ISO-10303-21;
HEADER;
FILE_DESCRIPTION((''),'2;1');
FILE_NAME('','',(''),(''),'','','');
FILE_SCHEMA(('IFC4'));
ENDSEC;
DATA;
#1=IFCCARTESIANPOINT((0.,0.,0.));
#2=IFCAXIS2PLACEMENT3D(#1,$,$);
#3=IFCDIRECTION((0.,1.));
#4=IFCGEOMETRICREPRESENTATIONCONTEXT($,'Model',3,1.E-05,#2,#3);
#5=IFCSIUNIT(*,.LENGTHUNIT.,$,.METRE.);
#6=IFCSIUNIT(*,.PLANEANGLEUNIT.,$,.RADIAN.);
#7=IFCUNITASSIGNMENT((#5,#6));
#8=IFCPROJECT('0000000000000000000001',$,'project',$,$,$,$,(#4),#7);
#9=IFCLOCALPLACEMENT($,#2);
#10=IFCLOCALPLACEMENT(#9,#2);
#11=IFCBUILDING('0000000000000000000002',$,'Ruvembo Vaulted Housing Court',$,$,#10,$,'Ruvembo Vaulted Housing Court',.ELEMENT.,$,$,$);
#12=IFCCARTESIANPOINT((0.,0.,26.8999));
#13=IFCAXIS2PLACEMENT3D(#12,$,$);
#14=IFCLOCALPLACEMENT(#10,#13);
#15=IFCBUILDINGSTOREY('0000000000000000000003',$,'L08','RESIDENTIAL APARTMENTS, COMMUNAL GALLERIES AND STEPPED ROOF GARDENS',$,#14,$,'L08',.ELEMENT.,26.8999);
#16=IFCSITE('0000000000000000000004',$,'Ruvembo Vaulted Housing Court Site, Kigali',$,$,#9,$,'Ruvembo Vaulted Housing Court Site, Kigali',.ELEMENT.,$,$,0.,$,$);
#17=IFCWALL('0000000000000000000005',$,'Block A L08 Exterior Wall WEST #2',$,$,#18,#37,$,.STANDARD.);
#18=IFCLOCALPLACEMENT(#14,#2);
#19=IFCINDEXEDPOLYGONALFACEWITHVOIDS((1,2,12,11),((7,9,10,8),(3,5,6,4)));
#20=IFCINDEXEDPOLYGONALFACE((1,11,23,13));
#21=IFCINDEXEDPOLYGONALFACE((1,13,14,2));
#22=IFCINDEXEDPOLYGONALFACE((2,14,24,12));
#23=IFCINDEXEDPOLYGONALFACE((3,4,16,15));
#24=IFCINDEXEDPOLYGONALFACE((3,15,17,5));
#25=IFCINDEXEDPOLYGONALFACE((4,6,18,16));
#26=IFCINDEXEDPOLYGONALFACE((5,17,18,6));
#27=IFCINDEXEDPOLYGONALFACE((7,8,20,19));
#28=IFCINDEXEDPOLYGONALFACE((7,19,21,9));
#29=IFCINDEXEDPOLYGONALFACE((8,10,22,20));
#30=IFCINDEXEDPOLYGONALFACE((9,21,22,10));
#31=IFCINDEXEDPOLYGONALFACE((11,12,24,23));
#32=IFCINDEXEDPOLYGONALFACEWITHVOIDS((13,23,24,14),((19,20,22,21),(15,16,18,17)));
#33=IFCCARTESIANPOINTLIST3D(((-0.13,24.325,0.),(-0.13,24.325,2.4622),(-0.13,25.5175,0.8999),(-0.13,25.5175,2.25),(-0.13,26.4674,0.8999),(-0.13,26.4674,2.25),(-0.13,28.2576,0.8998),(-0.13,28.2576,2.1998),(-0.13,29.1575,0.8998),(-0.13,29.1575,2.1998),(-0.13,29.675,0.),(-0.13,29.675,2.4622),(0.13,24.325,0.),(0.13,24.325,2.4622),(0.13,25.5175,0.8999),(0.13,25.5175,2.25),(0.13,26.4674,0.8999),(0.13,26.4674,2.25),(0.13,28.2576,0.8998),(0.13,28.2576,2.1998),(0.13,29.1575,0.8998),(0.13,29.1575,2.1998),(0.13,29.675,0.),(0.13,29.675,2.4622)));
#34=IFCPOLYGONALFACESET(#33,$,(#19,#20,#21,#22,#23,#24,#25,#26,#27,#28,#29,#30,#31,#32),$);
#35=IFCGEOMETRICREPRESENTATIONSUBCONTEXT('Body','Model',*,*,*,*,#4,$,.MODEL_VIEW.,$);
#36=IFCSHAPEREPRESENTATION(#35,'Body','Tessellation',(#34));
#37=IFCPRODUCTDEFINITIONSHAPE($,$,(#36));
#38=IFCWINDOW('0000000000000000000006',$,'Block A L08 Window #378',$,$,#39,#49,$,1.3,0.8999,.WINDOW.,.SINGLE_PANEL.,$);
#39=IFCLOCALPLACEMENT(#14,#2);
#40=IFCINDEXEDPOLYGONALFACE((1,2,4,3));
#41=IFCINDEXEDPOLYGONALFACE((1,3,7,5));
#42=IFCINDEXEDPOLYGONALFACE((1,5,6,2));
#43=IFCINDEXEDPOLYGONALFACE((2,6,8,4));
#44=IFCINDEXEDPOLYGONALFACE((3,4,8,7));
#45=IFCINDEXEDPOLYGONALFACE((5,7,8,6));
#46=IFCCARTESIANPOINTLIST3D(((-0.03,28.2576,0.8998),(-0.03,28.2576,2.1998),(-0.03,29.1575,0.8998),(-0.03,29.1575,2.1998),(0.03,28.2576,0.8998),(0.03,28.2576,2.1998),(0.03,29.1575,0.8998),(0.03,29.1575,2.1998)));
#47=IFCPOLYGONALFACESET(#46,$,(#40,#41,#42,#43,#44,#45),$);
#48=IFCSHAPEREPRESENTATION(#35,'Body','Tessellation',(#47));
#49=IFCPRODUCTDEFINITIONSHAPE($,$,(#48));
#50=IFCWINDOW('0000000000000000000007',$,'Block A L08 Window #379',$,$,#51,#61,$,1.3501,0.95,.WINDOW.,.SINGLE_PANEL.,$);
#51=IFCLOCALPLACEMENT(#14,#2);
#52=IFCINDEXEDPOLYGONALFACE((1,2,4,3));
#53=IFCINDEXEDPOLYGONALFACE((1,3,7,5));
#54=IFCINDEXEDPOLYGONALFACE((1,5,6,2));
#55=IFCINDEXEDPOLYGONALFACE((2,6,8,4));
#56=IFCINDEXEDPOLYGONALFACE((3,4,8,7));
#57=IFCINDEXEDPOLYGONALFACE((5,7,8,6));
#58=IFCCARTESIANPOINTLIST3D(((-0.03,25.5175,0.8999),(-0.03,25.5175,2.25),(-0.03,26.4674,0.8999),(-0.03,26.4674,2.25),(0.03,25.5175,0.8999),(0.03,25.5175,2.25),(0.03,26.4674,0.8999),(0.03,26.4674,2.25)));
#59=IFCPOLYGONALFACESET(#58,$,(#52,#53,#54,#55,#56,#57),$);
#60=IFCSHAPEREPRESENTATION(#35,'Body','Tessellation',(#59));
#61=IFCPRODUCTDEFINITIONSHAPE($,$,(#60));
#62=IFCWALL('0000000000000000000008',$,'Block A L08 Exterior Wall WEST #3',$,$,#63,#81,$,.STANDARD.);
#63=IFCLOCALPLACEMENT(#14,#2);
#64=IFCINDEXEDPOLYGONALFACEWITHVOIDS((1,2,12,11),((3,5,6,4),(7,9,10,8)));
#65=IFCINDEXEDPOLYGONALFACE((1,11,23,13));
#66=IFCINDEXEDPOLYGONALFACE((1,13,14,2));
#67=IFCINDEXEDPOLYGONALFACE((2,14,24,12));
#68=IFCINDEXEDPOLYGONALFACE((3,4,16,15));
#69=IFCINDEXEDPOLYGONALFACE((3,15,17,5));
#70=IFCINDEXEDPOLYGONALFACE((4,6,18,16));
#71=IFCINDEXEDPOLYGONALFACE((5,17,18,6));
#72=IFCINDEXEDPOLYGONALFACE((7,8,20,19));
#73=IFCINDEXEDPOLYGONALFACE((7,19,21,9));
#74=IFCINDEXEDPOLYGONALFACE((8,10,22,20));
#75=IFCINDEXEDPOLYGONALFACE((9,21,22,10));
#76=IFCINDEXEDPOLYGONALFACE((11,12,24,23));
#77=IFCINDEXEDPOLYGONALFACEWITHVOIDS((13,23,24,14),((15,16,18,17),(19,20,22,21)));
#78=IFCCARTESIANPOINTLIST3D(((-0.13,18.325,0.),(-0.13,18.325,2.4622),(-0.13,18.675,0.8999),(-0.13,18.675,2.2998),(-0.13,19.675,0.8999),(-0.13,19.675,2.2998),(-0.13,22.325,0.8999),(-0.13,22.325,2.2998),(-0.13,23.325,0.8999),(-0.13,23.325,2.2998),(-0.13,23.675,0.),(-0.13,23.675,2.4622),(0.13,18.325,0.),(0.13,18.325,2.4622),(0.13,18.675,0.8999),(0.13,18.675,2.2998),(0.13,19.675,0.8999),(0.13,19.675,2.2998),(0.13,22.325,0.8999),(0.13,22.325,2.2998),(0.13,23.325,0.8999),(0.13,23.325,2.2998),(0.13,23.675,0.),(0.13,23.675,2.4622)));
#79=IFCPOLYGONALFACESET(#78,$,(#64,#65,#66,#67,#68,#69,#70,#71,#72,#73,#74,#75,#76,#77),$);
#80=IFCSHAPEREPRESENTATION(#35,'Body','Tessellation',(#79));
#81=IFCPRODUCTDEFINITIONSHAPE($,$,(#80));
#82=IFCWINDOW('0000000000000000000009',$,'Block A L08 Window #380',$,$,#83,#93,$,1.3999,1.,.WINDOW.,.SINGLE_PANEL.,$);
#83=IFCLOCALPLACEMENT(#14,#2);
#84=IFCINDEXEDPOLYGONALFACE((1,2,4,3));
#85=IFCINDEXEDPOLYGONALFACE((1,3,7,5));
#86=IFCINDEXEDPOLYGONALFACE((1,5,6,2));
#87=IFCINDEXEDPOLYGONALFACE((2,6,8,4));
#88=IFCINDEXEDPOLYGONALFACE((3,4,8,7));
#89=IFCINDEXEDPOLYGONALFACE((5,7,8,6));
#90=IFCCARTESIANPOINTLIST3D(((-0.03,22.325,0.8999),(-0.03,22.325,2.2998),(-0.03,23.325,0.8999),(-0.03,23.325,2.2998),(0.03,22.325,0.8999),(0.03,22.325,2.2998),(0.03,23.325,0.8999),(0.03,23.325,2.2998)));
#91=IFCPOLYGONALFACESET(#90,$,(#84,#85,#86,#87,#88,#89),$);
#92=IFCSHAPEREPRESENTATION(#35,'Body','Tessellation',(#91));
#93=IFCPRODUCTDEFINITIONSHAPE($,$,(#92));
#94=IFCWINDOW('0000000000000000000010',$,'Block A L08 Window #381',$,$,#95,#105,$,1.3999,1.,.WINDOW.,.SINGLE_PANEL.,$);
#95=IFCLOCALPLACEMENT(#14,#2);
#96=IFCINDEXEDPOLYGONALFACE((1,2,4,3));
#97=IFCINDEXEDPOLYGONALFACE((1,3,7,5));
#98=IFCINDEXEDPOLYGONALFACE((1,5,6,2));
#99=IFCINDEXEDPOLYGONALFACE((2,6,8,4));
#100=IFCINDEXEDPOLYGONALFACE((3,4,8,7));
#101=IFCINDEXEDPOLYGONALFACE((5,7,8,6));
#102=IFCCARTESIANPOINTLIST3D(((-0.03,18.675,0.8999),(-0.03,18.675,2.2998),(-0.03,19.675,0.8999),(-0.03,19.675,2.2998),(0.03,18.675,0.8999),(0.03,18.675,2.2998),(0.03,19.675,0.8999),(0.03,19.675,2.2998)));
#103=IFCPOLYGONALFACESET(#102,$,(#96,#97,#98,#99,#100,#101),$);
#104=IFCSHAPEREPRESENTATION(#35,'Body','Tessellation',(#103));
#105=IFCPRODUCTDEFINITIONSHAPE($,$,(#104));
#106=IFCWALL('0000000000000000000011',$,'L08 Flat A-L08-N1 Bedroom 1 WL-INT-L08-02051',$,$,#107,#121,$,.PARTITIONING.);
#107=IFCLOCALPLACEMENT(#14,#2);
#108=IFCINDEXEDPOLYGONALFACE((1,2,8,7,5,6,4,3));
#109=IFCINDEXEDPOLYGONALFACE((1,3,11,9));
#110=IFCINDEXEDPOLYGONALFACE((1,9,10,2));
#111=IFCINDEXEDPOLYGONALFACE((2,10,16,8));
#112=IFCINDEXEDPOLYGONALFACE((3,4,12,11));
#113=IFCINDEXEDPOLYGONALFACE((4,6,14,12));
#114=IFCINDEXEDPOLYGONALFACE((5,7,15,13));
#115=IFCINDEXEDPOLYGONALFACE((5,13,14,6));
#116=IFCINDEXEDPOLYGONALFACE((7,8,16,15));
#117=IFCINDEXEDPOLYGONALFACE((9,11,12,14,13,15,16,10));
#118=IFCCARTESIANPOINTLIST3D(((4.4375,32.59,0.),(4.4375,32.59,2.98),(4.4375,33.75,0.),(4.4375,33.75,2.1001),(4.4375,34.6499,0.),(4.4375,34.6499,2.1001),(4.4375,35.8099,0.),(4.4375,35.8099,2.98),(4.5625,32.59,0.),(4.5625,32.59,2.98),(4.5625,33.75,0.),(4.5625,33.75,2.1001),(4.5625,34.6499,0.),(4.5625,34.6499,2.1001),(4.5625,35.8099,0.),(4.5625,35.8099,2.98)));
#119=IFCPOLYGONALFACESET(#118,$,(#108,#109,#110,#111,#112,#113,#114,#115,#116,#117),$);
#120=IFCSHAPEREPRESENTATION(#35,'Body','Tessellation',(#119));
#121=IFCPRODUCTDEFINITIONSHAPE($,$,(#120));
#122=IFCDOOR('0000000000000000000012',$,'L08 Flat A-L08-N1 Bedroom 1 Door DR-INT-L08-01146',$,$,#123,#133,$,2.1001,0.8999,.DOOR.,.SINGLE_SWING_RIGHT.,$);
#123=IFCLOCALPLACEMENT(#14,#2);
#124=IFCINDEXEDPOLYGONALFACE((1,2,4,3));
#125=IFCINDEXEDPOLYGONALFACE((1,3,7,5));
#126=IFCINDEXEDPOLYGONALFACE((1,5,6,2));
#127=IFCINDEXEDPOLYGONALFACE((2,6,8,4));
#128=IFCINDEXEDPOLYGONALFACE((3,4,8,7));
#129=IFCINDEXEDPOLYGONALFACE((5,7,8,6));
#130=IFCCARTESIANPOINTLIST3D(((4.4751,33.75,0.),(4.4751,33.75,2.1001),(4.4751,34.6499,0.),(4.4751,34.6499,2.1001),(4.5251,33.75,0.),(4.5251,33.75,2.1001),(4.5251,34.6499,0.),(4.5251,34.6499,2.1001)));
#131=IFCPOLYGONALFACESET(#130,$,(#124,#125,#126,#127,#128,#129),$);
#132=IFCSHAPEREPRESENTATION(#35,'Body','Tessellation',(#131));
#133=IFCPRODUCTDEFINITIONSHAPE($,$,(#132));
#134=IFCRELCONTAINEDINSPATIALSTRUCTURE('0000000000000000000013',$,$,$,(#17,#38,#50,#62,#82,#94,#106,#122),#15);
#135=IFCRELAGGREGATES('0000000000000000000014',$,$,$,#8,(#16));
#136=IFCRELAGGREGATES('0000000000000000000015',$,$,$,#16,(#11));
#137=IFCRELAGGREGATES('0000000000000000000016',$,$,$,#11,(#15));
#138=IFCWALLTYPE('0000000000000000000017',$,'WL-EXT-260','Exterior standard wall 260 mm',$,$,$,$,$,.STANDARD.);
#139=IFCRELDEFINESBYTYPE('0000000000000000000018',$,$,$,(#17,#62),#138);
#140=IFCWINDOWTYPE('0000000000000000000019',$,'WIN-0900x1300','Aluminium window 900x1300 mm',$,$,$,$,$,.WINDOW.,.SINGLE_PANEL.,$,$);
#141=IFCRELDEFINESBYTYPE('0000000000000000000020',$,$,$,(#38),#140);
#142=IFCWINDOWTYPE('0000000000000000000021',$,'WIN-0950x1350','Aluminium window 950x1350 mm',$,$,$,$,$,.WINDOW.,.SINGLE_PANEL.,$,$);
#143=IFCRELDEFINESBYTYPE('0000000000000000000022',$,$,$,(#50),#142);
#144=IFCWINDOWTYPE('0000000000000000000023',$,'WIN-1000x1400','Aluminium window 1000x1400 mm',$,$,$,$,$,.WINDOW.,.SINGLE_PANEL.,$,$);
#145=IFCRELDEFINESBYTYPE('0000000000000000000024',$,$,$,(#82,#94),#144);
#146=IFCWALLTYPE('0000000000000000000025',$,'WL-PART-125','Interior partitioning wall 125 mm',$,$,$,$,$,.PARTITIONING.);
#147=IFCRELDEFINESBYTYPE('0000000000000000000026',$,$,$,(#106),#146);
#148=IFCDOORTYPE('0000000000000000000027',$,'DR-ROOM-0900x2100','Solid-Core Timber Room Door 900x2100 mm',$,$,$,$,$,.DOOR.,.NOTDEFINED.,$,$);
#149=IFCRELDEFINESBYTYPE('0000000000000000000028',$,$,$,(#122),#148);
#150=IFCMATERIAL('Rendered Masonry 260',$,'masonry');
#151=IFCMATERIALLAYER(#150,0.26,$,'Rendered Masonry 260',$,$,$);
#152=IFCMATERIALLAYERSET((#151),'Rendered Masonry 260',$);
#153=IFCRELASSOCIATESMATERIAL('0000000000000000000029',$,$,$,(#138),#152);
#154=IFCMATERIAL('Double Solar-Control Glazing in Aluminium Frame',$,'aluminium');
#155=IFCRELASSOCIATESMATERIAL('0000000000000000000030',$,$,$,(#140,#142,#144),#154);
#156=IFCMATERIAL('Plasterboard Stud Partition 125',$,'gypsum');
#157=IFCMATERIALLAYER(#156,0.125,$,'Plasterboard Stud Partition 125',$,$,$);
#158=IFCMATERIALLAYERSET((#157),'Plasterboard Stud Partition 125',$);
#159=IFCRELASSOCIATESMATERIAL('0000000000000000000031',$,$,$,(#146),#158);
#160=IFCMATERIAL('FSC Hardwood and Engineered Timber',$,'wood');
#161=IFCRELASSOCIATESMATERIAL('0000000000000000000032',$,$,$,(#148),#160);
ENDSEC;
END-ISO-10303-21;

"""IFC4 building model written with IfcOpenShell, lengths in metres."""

from ifc_helpers import new_model, si_unit, direction, frame, frame_2d, origin, place, context, subcontext, project, spatial, rectangle, extrude, material, layer, layer_set, type_object, element, fill, save


model = new_model("IFC4")

# Units and contexts
model_context = context("Model", 3, precision=1e-05, world=origin(), true_north=direction((0.0, 1.0)))
body_context = subcontext(model_context, "Body", "Model", "MODEL_VIEW")
ifc_project = project(units=[si_unit("LENGTHUNIT", "METRE"), si_unit("PLANEANGLEUNIT", "RADIAN")], contexts=[model_context])

# Site, building, storey
site_placement = place(None, origin())
site = spatial("IfcSite", under=ifc_project, at=site_placement, Name="Ruvembo Vaulted Housing Court Site, Kigali", LongName="Ruvembo Vaulted Housing Court Site, Kigali", CompositionType="ELEMENT", RefElevation=0.0)
building_placement = place(site_placement, origin())
building = spatial("IfcBuilding", under=site, at=building_placement, Name="Ruvembo Vaulted Housing Court", LongName="Ruvembo Vaulted Housing Court", CompositionType="ELEMENT")
storey_placement = place(building_placement, frame((0.0, 0.0, 26.8999)))
storey = spatial("IfcBuildingStorey", under=building, at=storey_placement, Name="L08", Description="RESIDENTIAL APARTMENTS, COMMUNAL GALLERIES AND STEPPED ROOF GARDENS", LongName="L08", CompositionType="ELEMENT", Elevation=26.8999)

# Shared definitions
ifc_material_1 = material(Name="FSC Hardwood and Engineered Timber", Category="wood")

# Walls, openings, windows
ifc_material_2 = material(Name="Rendered Masonry 260", Category="masonry")
ifc_layer_1 = layer(ifc_material_2, 0.26, Name="Rendered Masonry 260")
ifc_layer_set_1 = layer_set([ifc_layer_1], Name="Rendered Masonry 260")
wall_type_1 = type_object("IfcWallType", Name="WL-EXT-260", Description="Exterior standard wall 260 mm", PredefinedType="STANDARD", material=ifc_layer_set_1)
wall_1_placement = place(storey_placement, frame((0.0, 29.675, 0.0), z_axis=(0.0, 0.0, 1.0), x_axis=(0.0, -1.0, 0.0)))
wall_1 = element("IfcWall", 1, at=wall_1_placement, inside=storey, type_object=wall_type_1, Name="Block A L08 Exterior Wall WEST #2", PredefinedType="STANDARD", context=body_context, shape_type="SweptSolid", body=[
    extrude(rectangle(XDim=5.3501, YDim=0.26, at=frame_2d((2.675, 0.0))), origin(), (0.0, 0.0, 1.0), 2.4622),
])
opening_1_placement = place(wall_1_placement, frame((0.5176, 0.0, 0.8999)))
opening_1 = element("IfcOpeningElement", 2, at=opening_1_placement, cuts=wall_1, PredefinedType="OPENING", context=body_context, shape_type="SweptSolid", body=[
    extrude(rectangle(XDim=0.8999, YDim=1.3, at=frame_2d((0.45, 0.6499))), frame((0.0, 0.1399, 0.0), z_axis=(0.0, -1.0, 0.0), x_axis=(1.0, 0.0, 0.0)), (0.0, 0.0, 1.0), 0.28),
])
opening_2_placement = place(wall_1_placement, frame((3.2075, 0.0, 0.8999)))
opening_2 = element("IfcOpeningElement", 3, at=opening_2_placement, cuts=wall_1, PredefinedType="OPENING", context=body_context, shape_type="SweptSolid", body=[
    extrude(rectangle(XDim=0.95, YDim=1.3501, at=frame_2d((0.4751, 0.675))), frame((0.0, 0.1399, 0.0), z_axis=(0.0, -1.0, 0.0), x_axis=(1.0, 0.0, 0.0)), (0.0, 0.0, 1.0), 0.28),
])
ifc_material_3 = material(Name="Double Solar-Control Glazing in Aluminium Frame", Category="aluminium")
window_type_1 = type_object("IfcWindowType", Name="WIN-0900x1300", Description="Aluminium window 900x1300 mm", PartitioningType="SINGLE_PANEL", PredefinedType="WINDOW", material=ifc_material_3)
window_1_placement = place(opening_1_placement, origin())
window_1 = element("IfcWindow", 4, at=window_1_placement, inside=storey, type_object=window_type_1, Name="Block A L08 Window #378", OverallHeight=1.3, OverallWidth=0.8999, PartitioningType="SINGLE_PANEL", PredefinedType="WINDOW", context=body_context, shape_type="SweptSolid", body=[
    extrude(rectangle(XDim=0.8999, YDim=1.3, at=frame_2d((0.45, 0.6499))), frame((0.0, 0.03, 0.0), z_axis=(0.0, -1.0, 0.0), x_axis=(1.0, 0.0, 0.0)), (0.0, 0.0, 1.0), 0.0601),
])
fill(opening_1, window_1)
window_type_2 = type_object("IfcWindowType", Name="WIN-0950x1350", Description="Aluminium window 950x1350 mm", PartitioningType="SINGLE_PANEL", PredefinedType="WINDOW", material=ifc_material_3)
window_2_placement = place(opening_2_placement, origin())
window_2 = element("IfcWindow", 5, at=window_2_placement, inside=storey, type_object=window_type_2, Name="Block A L08 Window #379", OverallHeight=1.3501, OverallWidth=0.95, PartitioningType="SINGLE_PANEL", PredefinedType="WINDOW", context=body_context, shape_type="SweptSolid", body=[
    extrude(rectangle(XDim=0.95, YDim=1.3501, at=frame_2d((0.4751, 0.675))), frame((0.0, 0.03, 0.0), z_axis=(0.0, -1.0, 0.0), x_axis=(1.0, 0.0, 0.0)), (0.0, 0.0, 1.0), 0.0601),
])
fill(opening_2, window_2)
wall_2_placement = place(storey_placement, frame((0.0, 23.675, 0.0), z_axis=(0.0, 0.0, 1.0), x_axis=(0.0, -1.0, 0.0)))
wall_2 = element("IfcWall", 6, at=wall_2_placement, inside=storey, type_object=wall_type_1, Name="Block A L08 Exterior Wall WEST #3", PredefinedType="STANDARD", context=body_context, shape_type="SweptSolid", body=[
    extrude(rectangle(XDim=5.3501, YDim=0.26, at=frame_2d((2.675, 0.0))), origin(), (0.0, 0.0, 1.0), 2.4622),
])
opening_3_placement = place(wall_2_placement, frame((0.3501, 0.0, 0.8999)))
opening_3 = element("IfcOpeningElement", 7, at=opening_3_placement, cuts=wall_2, PredefinedType="OPENING", context=body_context, shape_type="SweptSolid", body=[
    extrude(rectangle(XDim=1.0, YDim=1.3999, at=frame_2d((0.5, 0.7))), frame((0.0, 0.1399, 0.0), z_axis=(0.0, -1.0, 0.0), x_axis=(1.0, 0.0, 0.0)), (0.0, 0.0, 1.0), 0.28),
])
opening_4_placement = place(wall_2_placement, frame((4.0, 0.0, 0.8999)))
opening_4 = element("IfcOpeningElement", 8, at=opening_4_placement, cuts=wall_2, PredefinedType="OPENING", context=body_context, shape_type="SweptSolid", body=[
    extrude(rectangle(XDim=1.0, YDim=1.3999, at=frame_2d((0.5, 0.7))), frame((0.0, 0.1399, 0.0), z_axis=(0.0, -1.0, 0.0), x_axis=(1.0, 0.0, 0.0)), (0.0, 0.0, 1.0), 0.28),
])
window_type_3 = type_object("IfcWindowType", Name="WIN-1000x1400", Description="Aluminium window 1000x1400 mm", PartitioningType="SINGLE_PANEL", PredefinedType="WINDOW", material=ifc_material_3)
window_3_placement = place(opening_3_placement, origin())
window_3 = element("IfcWindow", 9, at=window_3_placement, inside=storey, type_object=window_type_3, Name="Block A L08 Window #380", OverallHeight=1.3999, OverallWidth=1.0, PartitioningType="SINGLE_PANEL", PredefinedType="WINDOW", context=body_context, shape_type="SweptSolid", body=[
    extrude(rectangle(XDim=1.0, YDim=1.3999, at=frame_2d((0.5, 0.7))), frame((0.0, 0.03, 0.0), z_axis=(0.0, -1.0, 0.0), x_axis=(1.0, 0.0, 0.0)), (0.0, 0.0, 1.0), 0.0601),
])
fill(opening_3, window_3)
window_4_placement = place(opening_4_placement, origin())
window_4 = element("IfcWindow", 10, at=window_4_placement, inside=storey, type_object=window_type_3, Name="Block A L08 Window #381", OverallHeight=1.3999, OverallWidth=1.0, PartitioningType="SINGLE_PANEL", PredefinedType="WINDOW", context=body_context, shape_type="SweptSolid", body=[
    extrude(rectangle(XDim=1.0, YDim=1.3999, at=frame_2d((0.5, 0.7))), frame((0.0, 0.03, 0.0), z_axis=(0.0, -1.0, 0.0), x_axis=(1.0, 0.0, 0.0)), (0.0, 0.0, 1.0), 0.0601),
])
fill(opening_4, window_4)

# Wall, opening, door
ifc_material_4 = material(Name="Plasterboard Stud Partition 125", Category="gypsum")
ifc_layer_2 = layer(ifc_material_4, 0.125, Name="Plasterboard Stud Partition 125")
ifc_layer_set_2 = layer_set([ifc_layer_2], Name="Plasterboard Stud Partition 125")
wall_type_2 = type_object("IfcWallType", Name="WL-PART-125", Description="Interior partitioning wall 125 mm", PredefinedType="PARTITIONING", material=ifc_layer_set_2)
wall_3_placement = place(storey_placement, frame((4.5, 32.5901, 0.0), z_axis=(0.0, 0.0, 1.0), x_axis=(0.0, 1.0, 0.0)))
wall_3 = element("IfcWall", 11, at=wall_3_placement, inside=storey, type_object=wall_type_2, Name="L08 Flat A-L08-N1 Bedroom 1 WL-INT-L08-02051", PredefinedType="PARTITIONING", context=body_context, shape_type="SweptSolid", body=[
    extrude(rectangle(XDim=3.22, YDim=0.125, at=frame_2d((1.6099, 0.0))), origin(), (0.0, 0.0, 1.0), 2.98),
])
opening_5_placement = place(wall_3_placement, frame((1.1599, 0.0, 0.0)))
opening_5 = element("IfcOpeningElement", 12, at=opening_5_placement, cuts=wall_3, PredefinedType="OPENING", context=body_context, shape_type="SweptSolid", body=[
    extrude(rectangle(XDim=0.8999, YDim=2.1001, at=frame_2d((0.45, 1.05))), frame((0.0, 0.0725, 0.0), z_axis=(0.0, -1.0, 0.0), x_axis=(1.0, 0.0, 0.0)), (0.0, 0.0, 1.0), 0.145),
])
door_type_1 = type_object("IfcDoorType", Name="DR-ROOM-0900x2100", Description="Solid-Core Timber Room Door 900x2100 mm", OperationType="NOTDEFINED", PredefinedType="DOOR", material=ifc_material_1)
door_1_placement = place(opening_5_placement, origin())
door_1 = element("IfcDoor", 13, at=door_1_placement, inside=storey, type_object=door_type_1, Name="L08 Flat A-L08-N1 Bedroom 1 Door DR-INT-L08-01146", OperationType="SINGLE_SWING_RIGHT", OverallHeight=2.1001, OverallWidth=0.8999, PredefinedType="DOOR", context=body_context, shape_type="SweptSolid", body=[
    extrude(rectangle(XDim=0.8999, YDim=2.1001, at=frame_2d((0.45, 1.05))), frame((0.0, 0.0249, 0.0), z_axis=(0.0, -1.0, 0.0), x_axis=(1.0, 0.0, 0.0)), (0.0, 0.0, 1.0), 0.05),
])
fill(opening_5, door_1)

save(model, "model.ifc")
